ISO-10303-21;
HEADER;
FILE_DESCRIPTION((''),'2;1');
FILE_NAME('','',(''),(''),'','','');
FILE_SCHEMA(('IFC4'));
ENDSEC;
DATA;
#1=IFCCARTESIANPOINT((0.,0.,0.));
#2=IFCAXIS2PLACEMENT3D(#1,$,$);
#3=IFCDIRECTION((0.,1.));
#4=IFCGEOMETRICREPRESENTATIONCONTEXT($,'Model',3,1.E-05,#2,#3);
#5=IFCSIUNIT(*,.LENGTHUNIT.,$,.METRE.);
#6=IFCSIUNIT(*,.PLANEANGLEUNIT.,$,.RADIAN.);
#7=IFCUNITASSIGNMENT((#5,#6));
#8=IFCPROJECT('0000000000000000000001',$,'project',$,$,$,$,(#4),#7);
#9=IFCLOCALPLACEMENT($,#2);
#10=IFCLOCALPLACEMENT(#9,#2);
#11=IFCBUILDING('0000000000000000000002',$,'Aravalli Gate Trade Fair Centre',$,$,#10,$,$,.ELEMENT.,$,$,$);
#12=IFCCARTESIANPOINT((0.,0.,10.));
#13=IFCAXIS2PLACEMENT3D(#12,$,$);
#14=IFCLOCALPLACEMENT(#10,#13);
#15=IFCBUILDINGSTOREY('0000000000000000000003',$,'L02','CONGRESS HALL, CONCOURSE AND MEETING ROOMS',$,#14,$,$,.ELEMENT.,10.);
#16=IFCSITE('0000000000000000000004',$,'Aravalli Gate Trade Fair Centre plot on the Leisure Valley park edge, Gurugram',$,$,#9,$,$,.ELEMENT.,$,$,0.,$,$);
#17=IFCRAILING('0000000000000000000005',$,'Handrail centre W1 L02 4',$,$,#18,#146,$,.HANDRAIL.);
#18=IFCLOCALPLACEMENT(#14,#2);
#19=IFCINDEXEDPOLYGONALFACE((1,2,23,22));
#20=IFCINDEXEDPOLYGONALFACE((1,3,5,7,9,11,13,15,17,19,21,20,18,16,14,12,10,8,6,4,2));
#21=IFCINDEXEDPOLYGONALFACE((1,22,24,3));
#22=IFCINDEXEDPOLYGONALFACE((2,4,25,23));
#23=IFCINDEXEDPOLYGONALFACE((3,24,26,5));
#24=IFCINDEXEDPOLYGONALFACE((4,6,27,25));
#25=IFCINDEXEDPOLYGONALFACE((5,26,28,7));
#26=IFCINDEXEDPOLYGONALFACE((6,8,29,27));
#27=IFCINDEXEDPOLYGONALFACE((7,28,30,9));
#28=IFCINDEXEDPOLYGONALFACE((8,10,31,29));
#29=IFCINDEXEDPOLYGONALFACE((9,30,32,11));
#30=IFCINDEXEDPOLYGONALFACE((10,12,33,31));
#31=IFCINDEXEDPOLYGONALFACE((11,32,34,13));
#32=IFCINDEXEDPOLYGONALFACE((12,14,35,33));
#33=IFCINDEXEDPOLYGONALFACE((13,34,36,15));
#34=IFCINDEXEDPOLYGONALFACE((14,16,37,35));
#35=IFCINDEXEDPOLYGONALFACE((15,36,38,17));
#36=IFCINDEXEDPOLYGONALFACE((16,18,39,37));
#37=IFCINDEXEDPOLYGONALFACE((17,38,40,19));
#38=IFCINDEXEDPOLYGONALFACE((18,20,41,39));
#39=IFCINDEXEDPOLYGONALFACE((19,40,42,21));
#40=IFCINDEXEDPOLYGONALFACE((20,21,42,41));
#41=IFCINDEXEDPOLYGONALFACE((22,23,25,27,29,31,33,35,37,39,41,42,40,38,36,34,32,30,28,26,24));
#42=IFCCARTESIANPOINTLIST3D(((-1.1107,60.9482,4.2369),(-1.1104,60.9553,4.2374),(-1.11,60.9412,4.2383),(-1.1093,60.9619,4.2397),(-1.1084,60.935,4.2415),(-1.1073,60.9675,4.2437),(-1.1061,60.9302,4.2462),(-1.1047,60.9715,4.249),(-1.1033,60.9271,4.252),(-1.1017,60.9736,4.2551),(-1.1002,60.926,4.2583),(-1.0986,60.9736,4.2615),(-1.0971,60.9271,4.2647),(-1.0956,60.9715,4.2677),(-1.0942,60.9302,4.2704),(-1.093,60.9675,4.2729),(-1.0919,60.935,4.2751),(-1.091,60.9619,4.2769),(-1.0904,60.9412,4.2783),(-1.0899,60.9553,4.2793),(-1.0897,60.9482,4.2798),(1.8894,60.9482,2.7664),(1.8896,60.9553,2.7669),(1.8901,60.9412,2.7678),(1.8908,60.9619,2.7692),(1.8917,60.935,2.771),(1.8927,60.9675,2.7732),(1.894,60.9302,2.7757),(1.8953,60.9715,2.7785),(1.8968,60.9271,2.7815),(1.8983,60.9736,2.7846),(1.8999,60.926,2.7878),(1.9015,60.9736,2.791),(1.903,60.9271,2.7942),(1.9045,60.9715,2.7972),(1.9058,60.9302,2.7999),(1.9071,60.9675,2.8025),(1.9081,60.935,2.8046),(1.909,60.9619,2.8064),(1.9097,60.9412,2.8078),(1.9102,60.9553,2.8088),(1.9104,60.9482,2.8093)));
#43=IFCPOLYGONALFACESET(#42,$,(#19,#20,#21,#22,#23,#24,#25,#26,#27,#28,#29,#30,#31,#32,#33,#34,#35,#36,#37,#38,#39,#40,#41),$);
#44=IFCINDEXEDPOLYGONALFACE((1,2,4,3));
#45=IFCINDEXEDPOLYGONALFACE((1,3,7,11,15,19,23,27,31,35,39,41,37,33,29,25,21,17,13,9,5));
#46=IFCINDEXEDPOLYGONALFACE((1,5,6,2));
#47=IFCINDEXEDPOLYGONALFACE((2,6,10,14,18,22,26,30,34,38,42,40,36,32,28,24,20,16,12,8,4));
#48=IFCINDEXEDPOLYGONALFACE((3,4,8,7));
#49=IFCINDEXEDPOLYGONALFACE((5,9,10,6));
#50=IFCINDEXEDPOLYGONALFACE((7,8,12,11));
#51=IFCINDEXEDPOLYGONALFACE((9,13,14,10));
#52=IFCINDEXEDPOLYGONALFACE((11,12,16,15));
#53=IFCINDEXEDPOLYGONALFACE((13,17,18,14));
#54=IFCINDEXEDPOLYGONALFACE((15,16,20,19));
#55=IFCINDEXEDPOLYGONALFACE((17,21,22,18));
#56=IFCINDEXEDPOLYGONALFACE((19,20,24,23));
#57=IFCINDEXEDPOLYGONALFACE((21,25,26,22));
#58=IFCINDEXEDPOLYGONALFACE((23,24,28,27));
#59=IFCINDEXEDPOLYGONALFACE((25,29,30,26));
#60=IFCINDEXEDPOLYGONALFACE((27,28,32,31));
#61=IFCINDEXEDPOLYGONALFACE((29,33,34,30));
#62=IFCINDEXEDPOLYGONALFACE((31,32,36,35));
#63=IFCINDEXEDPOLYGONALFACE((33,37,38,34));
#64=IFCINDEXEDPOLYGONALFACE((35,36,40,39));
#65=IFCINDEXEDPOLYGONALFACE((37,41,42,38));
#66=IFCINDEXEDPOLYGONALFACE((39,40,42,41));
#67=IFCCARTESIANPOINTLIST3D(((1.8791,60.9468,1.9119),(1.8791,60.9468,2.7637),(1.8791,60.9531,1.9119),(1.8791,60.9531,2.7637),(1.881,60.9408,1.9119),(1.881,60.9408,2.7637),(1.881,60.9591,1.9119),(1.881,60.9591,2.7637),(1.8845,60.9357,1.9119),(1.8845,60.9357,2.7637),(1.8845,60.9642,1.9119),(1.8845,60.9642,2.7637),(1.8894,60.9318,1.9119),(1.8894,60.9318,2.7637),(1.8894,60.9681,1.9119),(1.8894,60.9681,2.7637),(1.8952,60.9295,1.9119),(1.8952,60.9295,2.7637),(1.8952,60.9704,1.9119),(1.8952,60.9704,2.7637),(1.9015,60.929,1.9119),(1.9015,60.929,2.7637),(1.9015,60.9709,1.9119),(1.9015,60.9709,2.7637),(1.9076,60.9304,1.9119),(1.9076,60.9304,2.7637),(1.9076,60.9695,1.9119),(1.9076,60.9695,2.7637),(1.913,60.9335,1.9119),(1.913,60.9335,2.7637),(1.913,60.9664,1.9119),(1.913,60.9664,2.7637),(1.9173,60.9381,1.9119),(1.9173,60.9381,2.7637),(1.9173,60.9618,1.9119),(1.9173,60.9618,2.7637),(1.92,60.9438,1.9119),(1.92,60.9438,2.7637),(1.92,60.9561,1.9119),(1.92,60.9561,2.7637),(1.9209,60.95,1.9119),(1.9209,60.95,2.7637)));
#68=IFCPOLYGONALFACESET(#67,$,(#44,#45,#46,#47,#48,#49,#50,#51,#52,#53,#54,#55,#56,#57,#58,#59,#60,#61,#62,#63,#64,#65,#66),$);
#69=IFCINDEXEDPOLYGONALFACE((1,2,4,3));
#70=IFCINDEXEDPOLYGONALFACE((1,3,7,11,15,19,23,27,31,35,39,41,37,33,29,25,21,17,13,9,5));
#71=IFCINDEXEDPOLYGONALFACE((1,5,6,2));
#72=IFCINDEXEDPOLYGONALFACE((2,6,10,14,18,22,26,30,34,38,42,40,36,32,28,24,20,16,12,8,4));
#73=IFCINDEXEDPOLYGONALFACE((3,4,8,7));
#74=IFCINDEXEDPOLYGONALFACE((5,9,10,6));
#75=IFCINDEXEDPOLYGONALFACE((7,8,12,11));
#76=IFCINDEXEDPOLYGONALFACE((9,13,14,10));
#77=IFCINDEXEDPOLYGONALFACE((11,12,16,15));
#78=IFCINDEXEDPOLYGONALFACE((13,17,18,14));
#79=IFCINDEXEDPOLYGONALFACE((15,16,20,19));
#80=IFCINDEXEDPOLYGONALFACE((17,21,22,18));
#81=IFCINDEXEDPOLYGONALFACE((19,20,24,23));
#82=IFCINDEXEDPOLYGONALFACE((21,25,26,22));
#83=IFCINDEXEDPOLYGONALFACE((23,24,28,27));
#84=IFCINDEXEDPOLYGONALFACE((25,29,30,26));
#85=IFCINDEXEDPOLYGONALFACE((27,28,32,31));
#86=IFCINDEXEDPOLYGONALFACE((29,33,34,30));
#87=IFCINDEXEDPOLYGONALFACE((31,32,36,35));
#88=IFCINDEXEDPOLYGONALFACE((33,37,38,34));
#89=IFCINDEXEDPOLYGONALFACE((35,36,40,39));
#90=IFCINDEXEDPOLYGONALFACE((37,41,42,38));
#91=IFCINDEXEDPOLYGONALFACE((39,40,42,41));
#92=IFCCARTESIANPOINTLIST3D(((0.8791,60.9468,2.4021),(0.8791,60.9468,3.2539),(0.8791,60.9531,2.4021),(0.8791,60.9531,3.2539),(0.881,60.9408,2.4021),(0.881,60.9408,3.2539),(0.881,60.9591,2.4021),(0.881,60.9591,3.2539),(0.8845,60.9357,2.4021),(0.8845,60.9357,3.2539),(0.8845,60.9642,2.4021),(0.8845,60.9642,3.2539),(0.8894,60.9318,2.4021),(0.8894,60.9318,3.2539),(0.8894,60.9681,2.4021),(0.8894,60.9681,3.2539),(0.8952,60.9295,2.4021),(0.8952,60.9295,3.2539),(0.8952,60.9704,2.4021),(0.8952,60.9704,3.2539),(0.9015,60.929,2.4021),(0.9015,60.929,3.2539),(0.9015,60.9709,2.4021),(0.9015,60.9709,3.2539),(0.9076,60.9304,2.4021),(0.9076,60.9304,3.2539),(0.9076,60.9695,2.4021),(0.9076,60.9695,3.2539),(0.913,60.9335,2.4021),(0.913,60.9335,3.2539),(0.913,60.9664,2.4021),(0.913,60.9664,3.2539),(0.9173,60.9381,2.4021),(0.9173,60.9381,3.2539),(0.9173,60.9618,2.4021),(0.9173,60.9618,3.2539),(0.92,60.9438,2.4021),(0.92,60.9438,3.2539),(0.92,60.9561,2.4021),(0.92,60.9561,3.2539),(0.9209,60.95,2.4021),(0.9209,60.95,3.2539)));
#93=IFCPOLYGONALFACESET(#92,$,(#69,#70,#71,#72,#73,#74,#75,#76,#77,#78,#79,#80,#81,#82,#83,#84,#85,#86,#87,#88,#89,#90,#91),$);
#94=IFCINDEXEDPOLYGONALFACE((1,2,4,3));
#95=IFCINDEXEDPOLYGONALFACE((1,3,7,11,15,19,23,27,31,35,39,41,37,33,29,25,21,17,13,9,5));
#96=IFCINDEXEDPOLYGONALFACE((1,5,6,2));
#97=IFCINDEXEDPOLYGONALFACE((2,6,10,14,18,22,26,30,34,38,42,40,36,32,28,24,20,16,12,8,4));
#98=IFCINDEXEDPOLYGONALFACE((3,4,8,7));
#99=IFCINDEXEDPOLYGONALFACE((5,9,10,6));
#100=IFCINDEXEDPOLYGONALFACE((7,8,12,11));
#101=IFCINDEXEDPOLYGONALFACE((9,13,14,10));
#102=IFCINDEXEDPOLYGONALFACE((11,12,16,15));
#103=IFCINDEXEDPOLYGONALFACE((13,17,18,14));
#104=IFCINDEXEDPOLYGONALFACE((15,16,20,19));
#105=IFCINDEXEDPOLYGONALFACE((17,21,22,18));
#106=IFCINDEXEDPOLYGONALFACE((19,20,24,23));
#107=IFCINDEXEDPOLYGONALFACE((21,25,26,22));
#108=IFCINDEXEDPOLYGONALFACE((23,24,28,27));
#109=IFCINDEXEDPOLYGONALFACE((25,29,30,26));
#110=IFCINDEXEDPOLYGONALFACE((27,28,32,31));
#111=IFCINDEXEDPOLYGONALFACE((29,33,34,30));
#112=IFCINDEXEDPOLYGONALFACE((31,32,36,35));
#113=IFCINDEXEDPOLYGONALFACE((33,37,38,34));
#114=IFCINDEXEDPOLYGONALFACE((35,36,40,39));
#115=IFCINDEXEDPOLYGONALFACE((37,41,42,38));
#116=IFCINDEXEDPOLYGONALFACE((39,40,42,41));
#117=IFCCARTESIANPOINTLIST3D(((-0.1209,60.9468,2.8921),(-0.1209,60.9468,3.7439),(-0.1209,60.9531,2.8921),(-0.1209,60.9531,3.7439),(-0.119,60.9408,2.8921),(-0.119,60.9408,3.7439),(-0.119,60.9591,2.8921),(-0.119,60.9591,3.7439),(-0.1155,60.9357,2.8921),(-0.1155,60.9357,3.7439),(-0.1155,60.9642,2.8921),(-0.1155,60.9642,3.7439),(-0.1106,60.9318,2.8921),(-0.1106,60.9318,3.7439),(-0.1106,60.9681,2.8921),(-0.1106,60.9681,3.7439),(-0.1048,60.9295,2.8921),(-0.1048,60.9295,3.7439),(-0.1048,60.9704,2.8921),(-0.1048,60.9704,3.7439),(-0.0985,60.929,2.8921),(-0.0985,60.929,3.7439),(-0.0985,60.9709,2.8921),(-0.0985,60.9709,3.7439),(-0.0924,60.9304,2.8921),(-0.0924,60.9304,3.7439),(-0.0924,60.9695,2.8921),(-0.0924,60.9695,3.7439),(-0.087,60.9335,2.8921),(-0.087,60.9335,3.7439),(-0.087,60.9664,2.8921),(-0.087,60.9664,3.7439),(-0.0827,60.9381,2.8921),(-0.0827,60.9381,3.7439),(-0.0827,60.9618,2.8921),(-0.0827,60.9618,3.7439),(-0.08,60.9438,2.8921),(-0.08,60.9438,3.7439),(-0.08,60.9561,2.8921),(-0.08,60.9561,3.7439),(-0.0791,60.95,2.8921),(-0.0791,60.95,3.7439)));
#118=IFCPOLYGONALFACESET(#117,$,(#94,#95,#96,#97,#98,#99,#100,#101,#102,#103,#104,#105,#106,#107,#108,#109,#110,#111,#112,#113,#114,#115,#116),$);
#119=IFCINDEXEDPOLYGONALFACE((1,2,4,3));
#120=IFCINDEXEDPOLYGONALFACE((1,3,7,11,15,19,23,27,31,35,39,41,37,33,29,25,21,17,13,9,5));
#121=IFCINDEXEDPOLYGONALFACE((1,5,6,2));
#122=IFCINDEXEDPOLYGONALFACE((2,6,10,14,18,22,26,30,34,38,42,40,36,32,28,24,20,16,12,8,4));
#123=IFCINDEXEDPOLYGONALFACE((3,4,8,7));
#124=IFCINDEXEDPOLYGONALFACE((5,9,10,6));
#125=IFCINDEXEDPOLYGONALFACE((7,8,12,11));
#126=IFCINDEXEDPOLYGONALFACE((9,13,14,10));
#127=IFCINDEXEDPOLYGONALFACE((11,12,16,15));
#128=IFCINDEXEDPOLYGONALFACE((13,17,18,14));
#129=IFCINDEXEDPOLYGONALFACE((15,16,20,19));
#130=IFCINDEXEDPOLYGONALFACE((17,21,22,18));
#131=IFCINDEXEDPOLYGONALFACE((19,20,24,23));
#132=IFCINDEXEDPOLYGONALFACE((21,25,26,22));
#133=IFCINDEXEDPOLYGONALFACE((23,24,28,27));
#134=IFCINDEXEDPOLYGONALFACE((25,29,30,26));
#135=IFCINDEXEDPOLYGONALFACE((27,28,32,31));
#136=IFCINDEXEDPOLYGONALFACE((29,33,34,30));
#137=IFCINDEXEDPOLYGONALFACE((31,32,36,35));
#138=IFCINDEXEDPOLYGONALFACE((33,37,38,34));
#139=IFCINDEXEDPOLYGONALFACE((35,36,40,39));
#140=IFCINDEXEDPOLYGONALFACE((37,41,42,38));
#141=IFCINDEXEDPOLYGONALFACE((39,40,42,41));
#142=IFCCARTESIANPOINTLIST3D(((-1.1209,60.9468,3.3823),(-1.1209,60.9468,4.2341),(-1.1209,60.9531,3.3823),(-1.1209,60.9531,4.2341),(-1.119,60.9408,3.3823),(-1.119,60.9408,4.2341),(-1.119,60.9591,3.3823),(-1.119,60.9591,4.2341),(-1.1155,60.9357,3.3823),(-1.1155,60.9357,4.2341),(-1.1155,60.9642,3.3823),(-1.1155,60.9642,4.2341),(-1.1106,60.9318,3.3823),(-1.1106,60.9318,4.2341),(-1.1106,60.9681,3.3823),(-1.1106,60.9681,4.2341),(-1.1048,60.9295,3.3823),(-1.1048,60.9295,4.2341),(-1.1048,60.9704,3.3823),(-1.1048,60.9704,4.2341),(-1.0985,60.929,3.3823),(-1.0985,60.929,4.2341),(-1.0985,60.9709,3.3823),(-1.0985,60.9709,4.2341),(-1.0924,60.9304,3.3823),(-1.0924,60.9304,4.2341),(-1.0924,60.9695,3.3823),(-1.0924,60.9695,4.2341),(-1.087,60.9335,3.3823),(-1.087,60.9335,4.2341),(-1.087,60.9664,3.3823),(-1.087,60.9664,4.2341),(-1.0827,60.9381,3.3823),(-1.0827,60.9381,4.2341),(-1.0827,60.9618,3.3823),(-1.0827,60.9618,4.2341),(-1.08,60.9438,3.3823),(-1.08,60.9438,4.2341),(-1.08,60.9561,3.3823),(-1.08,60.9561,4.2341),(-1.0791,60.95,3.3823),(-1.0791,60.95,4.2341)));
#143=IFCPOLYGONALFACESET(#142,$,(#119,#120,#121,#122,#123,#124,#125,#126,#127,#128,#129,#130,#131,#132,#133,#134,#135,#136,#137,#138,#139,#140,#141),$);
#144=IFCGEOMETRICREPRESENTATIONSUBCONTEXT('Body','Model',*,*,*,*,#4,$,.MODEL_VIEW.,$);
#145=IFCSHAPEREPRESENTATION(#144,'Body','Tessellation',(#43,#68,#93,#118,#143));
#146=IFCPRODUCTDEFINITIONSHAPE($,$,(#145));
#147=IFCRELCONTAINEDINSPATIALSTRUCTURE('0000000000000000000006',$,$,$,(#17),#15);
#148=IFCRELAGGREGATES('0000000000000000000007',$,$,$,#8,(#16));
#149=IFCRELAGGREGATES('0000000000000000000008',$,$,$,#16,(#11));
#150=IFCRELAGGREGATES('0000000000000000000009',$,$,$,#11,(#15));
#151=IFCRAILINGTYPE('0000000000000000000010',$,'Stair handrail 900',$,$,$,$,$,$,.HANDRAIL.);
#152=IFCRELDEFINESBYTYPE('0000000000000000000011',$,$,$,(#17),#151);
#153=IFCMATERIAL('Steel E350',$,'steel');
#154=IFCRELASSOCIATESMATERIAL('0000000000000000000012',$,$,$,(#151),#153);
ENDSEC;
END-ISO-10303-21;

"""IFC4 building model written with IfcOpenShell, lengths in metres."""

from ifc_helpers import new_model, si_unit, direction, frame, origin, origin_2d, place, context, subcontext, project, spatial, circle, extrude, material, type_object, element, save


model = new_model("IFC4")

# Units and contexts
model_context = context("Model", 3, precision=1e-05, world=origin(), true_north=direction((0.0, 1.0)))
body_context = subcontext(model_context, "Body", "Model", "MODEL_VIEW")
ifc_project = project(units=[si_unit("LENGTHUNIT", "METRE"), si_unit("PLANEANGLEUNIT", "RADIAN")], contexts=[model_context])

# Site, building, storey
site_placement = place(None, origin())
site = spatial("IfcSite", under=ifc_project, at=site_placement, Name="Aravalli Gate Trade Fair Centre plot on the Leisure Valley park edge, Gurugram", CompositionType="ELEMENT", RefElevation=0.0)
building_placement = place(site_placement, origin())
building = spatial("IfcBuilding", under=site, at=building_placement, Name="Aravalli Gate Trade Fair Centre", CompositionType="ELEMENT")
storey_placement = place(building_placement, frame((0.0, 0.0, 10.0)))
storey = spatial("IfcBuildingStorey", under=building, at=storey_placement, Name="L02", Description="CONGRESS HALL, CONCOURSE AND MEETING ROOMS", CompositionType="ELEMENT", Elevation=10.0)

# Shared definitions
ifc_material_1 = material(Name="Steel E350", Category="steel")

# Railing
railing_type_1 = type_object("IfcRailingType", Name="Stair handrail 900", PredefinedType="HANDRAIL", material=ifc_material_1)
for number, where, name in (
    (1, (1.8999, 60.95, 1.9119), "Handrail centre W1 L02 4"),
):
    element("IfcRailing", number, at=place(storey_placement, frame(where)), inside=storey, type_object=railing_type_1, Name=name, PredefinedType="HANDRAIL", context=body_context, shape_type="SweptSolid", body=[
        extrude(circle(Radius=0.0239, at=origin_2d()), frame((0.0, 0.0, 0.876), z_axis=(-0.897936, 0.0, 0.440126), x_axis=(0.0, -1.0, 0.0)), (0.0, 0.0, 1.0), 3.3411),
        extrude(circle(Radius=0.021, at=origin_2d()), origin(), (0.0, 0.0, 1.0), 0.8518),
        extrude(circle(Radius=0.021, at=origin_2d()), frame((-1.0, 0.0, 0.4902)), (0.0, 0.0, 1.0), 0.8518),
        extrude(circle(Radius=0.021, at=origin_2d()), frame((-2.0, 0.0, 0.9802)), (0.0, 0.0, 1.0), 0.8518),
        extrude(circle(Radius=0.021, at=origin_2d()), frame((-3.0, 0.0, 1.4705)), (0.0, 0.0, 1.0), 0.8518),
    ])

save(model, "model.ifc")
